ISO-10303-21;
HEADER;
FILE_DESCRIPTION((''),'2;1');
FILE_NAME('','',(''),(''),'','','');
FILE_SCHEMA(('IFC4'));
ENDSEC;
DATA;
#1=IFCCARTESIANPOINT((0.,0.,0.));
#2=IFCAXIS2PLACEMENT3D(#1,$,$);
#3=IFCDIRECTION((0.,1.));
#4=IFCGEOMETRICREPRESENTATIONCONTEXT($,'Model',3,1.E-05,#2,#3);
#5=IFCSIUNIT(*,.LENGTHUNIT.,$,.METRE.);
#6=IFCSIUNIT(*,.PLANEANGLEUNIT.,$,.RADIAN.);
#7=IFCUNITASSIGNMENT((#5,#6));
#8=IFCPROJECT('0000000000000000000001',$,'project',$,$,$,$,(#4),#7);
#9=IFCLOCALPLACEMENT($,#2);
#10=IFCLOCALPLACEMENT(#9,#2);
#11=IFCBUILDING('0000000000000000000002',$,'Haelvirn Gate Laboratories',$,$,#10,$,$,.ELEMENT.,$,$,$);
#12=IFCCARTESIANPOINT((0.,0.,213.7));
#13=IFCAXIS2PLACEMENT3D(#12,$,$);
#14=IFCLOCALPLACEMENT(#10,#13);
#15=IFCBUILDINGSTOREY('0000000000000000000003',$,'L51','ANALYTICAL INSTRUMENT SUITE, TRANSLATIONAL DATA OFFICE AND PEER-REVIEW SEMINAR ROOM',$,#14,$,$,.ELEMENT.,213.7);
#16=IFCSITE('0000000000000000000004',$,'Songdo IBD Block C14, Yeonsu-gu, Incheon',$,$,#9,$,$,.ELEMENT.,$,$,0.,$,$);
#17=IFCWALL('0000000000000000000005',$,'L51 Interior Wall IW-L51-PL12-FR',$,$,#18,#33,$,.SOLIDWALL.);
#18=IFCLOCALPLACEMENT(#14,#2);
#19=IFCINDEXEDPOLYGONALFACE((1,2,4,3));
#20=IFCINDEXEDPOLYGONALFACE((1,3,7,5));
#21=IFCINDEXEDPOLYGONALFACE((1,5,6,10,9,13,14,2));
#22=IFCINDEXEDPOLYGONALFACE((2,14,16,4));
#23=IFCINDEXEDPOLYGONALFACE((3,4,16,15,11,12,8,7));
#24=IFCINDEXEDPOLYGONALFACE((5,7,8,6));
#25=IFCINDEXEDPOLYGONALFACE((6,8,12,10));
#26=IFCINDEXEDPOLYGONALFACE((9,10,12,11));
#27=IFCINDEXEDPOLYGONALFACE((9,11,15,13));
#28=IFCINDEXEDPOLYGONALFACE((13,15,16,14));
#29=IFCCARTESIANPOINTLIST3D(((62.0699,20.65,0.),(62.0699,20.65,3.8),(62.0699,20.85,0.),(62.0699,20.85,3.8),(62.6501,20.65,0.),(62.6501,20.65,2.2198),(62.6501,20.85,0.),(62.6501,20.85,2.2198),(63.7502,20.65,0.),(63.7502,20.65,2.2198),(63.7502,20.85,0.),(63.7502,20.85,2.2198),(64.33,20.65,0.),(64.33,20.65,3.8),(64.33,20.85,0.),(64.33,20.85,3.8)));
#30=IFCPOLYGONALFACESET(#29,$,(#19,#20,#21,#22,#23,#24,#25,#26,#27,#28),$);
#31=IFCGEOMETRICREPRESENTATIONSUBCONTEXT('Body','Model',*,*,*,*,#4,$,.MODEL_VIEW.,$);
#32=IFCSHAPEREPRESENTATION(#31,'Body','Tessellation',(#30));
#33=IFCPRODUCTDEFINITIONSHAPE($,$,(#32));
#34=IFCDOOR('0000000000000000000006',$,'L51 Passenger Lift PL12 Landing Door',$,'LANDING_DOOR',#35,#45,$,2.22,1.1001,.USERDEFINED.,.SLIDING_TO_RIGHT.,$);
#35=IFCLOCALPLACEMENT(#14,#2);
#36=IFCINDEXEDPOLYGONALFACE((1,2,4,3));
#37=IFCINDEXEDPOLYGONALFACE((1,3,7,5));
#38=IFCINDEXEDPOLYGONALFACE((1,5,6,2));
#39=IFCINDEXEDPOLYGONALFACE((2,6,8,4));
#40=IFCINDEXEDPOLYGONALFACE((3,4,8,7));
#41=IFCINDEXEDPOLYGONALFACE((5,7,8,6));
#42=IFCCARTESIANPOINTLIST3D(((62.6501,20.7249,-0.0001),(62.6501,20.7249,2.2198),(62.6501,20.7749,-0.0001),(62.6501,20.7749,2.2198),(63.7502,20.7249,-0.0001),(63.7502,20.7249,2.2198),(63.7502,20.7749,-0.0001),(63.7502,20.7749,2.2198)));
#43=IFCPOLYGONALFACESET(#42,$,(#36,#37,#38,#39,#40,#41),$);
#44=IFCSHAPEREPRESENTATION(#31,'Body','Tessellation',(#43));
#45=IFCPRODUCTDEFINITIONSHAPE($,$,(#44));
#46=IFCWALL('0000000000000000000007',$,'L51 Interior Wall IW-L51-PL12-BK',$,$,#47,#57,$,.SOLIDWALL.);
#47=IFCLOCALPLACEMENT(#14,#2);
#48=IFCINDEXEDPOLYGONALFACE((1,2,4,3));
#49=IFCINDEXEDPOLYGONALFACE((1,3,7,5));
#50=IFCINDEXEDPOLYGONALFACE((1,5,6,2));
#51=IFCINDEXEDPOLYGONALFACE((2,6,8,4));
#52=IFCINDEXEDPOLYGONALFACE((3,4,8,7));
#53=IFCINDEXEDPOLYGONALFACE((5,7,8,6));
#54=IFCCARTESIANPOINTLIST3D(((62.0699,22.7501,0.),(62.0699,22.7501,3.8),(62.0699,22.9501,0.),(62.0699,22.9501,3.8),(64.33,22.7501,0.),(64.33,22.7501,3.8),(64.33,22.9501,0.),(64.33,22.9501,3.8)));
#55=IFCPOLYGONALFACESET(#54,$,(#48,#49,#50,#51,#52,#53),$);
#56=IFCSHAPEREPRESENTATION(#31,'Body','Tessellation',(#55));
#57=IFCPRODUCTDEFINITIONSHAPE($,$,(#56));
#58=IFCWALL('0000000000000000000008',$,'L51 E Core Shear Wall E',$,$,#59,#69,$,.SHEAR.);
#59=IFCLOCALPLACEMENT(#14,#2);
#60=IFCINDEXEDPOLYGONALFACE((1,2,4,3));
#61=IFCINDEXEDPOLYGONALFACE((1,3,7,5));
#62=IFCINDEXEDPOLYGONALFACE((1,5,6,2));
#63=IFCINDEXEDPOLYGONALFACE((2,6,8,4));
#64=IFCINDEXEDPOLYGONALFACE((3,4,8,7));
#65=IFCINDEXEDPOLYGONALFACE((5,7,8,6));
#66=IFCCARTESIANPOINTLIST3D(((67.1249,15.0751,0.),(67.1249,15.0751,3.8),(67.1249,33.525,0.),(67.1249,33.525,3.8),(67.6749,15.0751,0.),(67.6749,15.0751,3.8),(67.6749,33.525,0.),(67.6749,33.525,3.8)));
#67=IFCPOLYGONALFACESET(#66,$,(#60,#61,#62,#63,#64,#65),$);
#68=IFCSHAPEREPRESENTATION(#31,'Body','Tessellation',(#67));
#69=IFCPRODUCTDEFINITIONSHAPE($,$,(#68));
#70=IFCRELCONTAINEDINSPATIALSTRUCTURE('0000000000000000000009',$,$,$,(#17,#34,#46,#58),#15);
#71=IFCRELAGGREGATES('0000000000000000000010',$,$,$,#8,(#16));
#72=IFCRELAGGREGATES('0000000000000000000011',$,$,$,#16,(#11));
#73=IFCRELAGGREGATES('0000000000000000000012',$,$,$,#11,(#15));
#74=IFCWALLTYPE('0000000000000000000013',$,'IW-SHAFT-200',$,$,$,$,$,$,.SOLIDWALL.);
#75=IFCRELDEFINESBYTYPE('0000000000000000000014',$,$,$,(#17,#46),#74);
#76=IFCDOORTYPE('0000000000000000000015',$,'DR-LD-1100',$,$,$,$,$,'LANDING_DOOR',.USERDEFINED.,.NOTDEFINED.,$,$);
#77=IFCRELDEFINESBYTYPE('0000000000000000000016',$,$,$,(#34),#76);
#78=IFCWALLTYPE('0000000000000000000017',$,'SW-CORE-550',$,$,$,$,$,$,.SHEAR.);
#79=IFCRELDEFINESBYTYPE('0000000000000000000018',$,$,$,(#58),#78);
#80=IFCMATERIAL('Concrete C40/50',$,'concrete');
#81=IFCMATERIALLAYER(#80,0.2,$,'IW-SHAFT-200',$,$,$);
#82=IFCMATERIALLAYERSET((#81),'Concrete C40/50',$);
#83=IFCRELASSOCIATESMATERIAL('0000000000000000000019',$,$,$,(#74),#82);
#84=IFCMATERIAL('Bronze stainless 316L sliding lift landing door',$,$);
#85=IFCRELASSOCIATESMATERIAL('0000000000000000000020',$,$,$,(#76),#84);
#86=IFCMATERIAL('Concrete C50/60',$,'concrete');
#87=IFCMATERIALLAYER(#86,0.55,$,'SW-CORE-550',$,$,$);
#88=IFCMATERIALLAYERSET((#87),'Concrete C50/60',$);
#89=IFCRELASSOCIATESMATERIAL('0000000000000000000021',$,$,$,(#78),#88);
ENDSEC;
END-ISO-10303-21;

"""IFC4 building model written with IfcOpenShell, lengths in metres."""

from ifc_helpers import new_model, si_unit, direction, frame, frame_2d, origin, place, context, subcontext, project, spatial, rectangle, extrude, source, transform, mapped, material, layer, layer_set, type_object, type_shapes, element, fill, save


model = new_model("IFC4")

# Units and contexts
model_context = context("Model", 3, precision=1e-05, world=origin(), true_north=direction((0.0, 1.0)))
body_context = subcontext(model_context, "Body", "Model", "MODEL_VIEW")
ifc_project = project(units=[si_unit("LENGTHUNIT", "METRE"), si_unit("PLANEANGLEUNIT", "RADIAN")], contexts=[model_context])

# Site, building, storey
site_placement = place(None, origin())
site = spatial("IfcSite", under=ifc_project, at=site_placement, Name="Songdo IBD Block C14, Yeonsu-gu, Incheon", CompositionType="ELEMENT", RefElevation=0.0)
building_placement = place(site_placement, origin())
building = spatial("IfcBuilding", under=site, at=building_placement, Name="Haelvirn Gate Laboratories", CompositionType="ELEMENT")
storey_placement = place(building_placement, frame((0.0, 0.0, 213.7)))
storey = spatial("IfcBuildingStorey", under=building, at=storey_placement, Name="L51", Description="ANALYTICAL INSTRUMENT SUITE, TRANSLATIONAL DATA OFFICE AND PEER-REVIEW SEMINAR ROOM", CompositionType="ELEMENT", Elevation=213.7)

# Shared definitions
ifc_material_1 = material(Name="Concrete C50/60", Category="concrete")

# Shared definitions
ifc_material_2 = material(Name="Concrete C40/50", Category="concrete")

# Shared definitions
ifc_layer_1 = layer(ifc_material_2, 0.2, Name="IW-SHAFT-200")
ifc_layer_set_1 = layer_set([ifc_layer_1], Name="Concrete C40/50")
wall_type_1 = type_object("IfcWallType", Name="IW-SHAFT-200", PredefinedType="SOLIDWALL", material=ifc_layer_set_1)
ifc_material_3 = material(Name="Bronze stainless 316L sliding lift landing door")
door_type_1 = type_object("IfcDoorType", Name="DR-LD-1100", ElementType="LANDING_DOOR", OperationType="NOTDEFINED", PredefinedType="USERDEFINED", material=ifc_material_3)
shared_shape_1 = source(origin(), body_context, "Body", "SweptSolid", [
    extrude(rectangle(XDim=1.1001, YDim=2.22, at=frame_2d((0.55, 1.1099))), frame((0.0, 0.0249, 0.0), z_axis=(0.0, -1.0, 0.0), x_axis=(1.0, 0.0, 0.0)), (0.0, 0.0, 1.0), 0.05),
])
type_shapes(door_type_1, [shared_shape_1])

# Wall, opening, door
wall_1_placement = place(storey_placement, frame((62.0701, 20.75, 0.0), z_axis=(0.0, 0.0, 1.0), x_axis=(1.0, 0.0, 0.0)))
wall_1 = element("IfcWall", 1, at=wall_1_placement, inside=storey, type_object=wall_type_1, Name="L51 Interior Wall IW-L51-PL12-FR", PredefinedType="SOLIDWALL", context=body_context, shape_type="SweptSolid", body=[
    extrude(rectangle(XDim=2.26, YDim=0.2, at=frame_2d((1.1299, 0.0))), origin(), (0.0, 0.0, 1.0), 3.8),
])
opening_1_placement = place(wall_1_placement, frame((0.5801, 0.0, 0.0)))
opening_1 = element("IfcOpeningElement", 2, at=opening_1_placement, cuts=wall_1, PredefinedType="OPENING", context=body_context, shape_type="SweptSolid", body=[
    extrude(rectangle(XDim=1.1001, YDim=2.22, at=frame_2d((0.55, 1.1099))), frame((0.0, 0.1099, 0.0), z_axis=(0.0, -1.0, 0.0), x_axis=(1.0, 0.0, 0.0)), (0.0, 0.0, 1.0), 0.22),
])
door_1_placement = place(opening_1_placement, origin())
door_1 = element("IfcDoor", 3, at=door_1_placement, inside=storey, type_object=door_type_1, Name="L51 Passenger Lift PL12 Landing Door", ObjectType="LANDING_DOOR", OperationType="SLIDING_TO_RIGHT", OverallHeight=2.22, OverallWidth=1.1001, PredefinedType="USERDEFINED", context=body_context, shape_type="MappedRepresentation", body=[
    mapped(shared_shape_1, transform((0.0, 0.0, 0.0), scale=1.0)),
])
fill(opening_1, door_1)

# Walls
wall_2_placement = place(storey_placement, frame((62.0701, 22.8501, 0.0), z_axis=(0.0, 0.0, 1.0), x_axis=(1.0, 0.0, 0.0)))
element("IfcWall", 4, at=wall_2_placement, inside=storey, type_object=wall_type_1, Name="L51 Interior Wall IW-L51-PL12-BK", PredefinedType="SOLIDWALL", context=body_context, shape_type="SweptSolid", body=[
    extrude(rectangle(XDim=2.26, YDim=0.2, at=frame_2d((1.1299, 0.0))), origin(), (0.0, 0.0, 1.0), 3.8),
])
ifc_layer_2 = layer(ifc_material_1, 0.55, Name="SW-CORE-550")
ifc_layer_set_2 = layer_set([ifc_layer_2], Name="Concrete C50/60")
wall_type_2 = type_object("IfcWallType", Name="SW-CORE-550", PredefinedType="SHEAR", material=ifc_layer_set_2)
wall_3_placement = place(storey_placement, frame((67.3999, 15.075, 0.0), z_axis=(0.0, 0.0, 1.0), x_axis=(0.0, 1.0, 0.0)))
element("IfcWall", 5, at=wall_3_placement, inside=storey, type_object=wall_type_2, Name="L51 E Core Shear Wall E", PredefinedType="SHEAR", context=body_context, shape_type="SweptSolid", body=[
    extrude(rectangle(XDim=18.45, YDim=0.55, at=frame_2d((9.2251, 0.0))), origin(), (0.0, 0.0, 1.0), 3.8),
])

save(model, "model.ifc")
